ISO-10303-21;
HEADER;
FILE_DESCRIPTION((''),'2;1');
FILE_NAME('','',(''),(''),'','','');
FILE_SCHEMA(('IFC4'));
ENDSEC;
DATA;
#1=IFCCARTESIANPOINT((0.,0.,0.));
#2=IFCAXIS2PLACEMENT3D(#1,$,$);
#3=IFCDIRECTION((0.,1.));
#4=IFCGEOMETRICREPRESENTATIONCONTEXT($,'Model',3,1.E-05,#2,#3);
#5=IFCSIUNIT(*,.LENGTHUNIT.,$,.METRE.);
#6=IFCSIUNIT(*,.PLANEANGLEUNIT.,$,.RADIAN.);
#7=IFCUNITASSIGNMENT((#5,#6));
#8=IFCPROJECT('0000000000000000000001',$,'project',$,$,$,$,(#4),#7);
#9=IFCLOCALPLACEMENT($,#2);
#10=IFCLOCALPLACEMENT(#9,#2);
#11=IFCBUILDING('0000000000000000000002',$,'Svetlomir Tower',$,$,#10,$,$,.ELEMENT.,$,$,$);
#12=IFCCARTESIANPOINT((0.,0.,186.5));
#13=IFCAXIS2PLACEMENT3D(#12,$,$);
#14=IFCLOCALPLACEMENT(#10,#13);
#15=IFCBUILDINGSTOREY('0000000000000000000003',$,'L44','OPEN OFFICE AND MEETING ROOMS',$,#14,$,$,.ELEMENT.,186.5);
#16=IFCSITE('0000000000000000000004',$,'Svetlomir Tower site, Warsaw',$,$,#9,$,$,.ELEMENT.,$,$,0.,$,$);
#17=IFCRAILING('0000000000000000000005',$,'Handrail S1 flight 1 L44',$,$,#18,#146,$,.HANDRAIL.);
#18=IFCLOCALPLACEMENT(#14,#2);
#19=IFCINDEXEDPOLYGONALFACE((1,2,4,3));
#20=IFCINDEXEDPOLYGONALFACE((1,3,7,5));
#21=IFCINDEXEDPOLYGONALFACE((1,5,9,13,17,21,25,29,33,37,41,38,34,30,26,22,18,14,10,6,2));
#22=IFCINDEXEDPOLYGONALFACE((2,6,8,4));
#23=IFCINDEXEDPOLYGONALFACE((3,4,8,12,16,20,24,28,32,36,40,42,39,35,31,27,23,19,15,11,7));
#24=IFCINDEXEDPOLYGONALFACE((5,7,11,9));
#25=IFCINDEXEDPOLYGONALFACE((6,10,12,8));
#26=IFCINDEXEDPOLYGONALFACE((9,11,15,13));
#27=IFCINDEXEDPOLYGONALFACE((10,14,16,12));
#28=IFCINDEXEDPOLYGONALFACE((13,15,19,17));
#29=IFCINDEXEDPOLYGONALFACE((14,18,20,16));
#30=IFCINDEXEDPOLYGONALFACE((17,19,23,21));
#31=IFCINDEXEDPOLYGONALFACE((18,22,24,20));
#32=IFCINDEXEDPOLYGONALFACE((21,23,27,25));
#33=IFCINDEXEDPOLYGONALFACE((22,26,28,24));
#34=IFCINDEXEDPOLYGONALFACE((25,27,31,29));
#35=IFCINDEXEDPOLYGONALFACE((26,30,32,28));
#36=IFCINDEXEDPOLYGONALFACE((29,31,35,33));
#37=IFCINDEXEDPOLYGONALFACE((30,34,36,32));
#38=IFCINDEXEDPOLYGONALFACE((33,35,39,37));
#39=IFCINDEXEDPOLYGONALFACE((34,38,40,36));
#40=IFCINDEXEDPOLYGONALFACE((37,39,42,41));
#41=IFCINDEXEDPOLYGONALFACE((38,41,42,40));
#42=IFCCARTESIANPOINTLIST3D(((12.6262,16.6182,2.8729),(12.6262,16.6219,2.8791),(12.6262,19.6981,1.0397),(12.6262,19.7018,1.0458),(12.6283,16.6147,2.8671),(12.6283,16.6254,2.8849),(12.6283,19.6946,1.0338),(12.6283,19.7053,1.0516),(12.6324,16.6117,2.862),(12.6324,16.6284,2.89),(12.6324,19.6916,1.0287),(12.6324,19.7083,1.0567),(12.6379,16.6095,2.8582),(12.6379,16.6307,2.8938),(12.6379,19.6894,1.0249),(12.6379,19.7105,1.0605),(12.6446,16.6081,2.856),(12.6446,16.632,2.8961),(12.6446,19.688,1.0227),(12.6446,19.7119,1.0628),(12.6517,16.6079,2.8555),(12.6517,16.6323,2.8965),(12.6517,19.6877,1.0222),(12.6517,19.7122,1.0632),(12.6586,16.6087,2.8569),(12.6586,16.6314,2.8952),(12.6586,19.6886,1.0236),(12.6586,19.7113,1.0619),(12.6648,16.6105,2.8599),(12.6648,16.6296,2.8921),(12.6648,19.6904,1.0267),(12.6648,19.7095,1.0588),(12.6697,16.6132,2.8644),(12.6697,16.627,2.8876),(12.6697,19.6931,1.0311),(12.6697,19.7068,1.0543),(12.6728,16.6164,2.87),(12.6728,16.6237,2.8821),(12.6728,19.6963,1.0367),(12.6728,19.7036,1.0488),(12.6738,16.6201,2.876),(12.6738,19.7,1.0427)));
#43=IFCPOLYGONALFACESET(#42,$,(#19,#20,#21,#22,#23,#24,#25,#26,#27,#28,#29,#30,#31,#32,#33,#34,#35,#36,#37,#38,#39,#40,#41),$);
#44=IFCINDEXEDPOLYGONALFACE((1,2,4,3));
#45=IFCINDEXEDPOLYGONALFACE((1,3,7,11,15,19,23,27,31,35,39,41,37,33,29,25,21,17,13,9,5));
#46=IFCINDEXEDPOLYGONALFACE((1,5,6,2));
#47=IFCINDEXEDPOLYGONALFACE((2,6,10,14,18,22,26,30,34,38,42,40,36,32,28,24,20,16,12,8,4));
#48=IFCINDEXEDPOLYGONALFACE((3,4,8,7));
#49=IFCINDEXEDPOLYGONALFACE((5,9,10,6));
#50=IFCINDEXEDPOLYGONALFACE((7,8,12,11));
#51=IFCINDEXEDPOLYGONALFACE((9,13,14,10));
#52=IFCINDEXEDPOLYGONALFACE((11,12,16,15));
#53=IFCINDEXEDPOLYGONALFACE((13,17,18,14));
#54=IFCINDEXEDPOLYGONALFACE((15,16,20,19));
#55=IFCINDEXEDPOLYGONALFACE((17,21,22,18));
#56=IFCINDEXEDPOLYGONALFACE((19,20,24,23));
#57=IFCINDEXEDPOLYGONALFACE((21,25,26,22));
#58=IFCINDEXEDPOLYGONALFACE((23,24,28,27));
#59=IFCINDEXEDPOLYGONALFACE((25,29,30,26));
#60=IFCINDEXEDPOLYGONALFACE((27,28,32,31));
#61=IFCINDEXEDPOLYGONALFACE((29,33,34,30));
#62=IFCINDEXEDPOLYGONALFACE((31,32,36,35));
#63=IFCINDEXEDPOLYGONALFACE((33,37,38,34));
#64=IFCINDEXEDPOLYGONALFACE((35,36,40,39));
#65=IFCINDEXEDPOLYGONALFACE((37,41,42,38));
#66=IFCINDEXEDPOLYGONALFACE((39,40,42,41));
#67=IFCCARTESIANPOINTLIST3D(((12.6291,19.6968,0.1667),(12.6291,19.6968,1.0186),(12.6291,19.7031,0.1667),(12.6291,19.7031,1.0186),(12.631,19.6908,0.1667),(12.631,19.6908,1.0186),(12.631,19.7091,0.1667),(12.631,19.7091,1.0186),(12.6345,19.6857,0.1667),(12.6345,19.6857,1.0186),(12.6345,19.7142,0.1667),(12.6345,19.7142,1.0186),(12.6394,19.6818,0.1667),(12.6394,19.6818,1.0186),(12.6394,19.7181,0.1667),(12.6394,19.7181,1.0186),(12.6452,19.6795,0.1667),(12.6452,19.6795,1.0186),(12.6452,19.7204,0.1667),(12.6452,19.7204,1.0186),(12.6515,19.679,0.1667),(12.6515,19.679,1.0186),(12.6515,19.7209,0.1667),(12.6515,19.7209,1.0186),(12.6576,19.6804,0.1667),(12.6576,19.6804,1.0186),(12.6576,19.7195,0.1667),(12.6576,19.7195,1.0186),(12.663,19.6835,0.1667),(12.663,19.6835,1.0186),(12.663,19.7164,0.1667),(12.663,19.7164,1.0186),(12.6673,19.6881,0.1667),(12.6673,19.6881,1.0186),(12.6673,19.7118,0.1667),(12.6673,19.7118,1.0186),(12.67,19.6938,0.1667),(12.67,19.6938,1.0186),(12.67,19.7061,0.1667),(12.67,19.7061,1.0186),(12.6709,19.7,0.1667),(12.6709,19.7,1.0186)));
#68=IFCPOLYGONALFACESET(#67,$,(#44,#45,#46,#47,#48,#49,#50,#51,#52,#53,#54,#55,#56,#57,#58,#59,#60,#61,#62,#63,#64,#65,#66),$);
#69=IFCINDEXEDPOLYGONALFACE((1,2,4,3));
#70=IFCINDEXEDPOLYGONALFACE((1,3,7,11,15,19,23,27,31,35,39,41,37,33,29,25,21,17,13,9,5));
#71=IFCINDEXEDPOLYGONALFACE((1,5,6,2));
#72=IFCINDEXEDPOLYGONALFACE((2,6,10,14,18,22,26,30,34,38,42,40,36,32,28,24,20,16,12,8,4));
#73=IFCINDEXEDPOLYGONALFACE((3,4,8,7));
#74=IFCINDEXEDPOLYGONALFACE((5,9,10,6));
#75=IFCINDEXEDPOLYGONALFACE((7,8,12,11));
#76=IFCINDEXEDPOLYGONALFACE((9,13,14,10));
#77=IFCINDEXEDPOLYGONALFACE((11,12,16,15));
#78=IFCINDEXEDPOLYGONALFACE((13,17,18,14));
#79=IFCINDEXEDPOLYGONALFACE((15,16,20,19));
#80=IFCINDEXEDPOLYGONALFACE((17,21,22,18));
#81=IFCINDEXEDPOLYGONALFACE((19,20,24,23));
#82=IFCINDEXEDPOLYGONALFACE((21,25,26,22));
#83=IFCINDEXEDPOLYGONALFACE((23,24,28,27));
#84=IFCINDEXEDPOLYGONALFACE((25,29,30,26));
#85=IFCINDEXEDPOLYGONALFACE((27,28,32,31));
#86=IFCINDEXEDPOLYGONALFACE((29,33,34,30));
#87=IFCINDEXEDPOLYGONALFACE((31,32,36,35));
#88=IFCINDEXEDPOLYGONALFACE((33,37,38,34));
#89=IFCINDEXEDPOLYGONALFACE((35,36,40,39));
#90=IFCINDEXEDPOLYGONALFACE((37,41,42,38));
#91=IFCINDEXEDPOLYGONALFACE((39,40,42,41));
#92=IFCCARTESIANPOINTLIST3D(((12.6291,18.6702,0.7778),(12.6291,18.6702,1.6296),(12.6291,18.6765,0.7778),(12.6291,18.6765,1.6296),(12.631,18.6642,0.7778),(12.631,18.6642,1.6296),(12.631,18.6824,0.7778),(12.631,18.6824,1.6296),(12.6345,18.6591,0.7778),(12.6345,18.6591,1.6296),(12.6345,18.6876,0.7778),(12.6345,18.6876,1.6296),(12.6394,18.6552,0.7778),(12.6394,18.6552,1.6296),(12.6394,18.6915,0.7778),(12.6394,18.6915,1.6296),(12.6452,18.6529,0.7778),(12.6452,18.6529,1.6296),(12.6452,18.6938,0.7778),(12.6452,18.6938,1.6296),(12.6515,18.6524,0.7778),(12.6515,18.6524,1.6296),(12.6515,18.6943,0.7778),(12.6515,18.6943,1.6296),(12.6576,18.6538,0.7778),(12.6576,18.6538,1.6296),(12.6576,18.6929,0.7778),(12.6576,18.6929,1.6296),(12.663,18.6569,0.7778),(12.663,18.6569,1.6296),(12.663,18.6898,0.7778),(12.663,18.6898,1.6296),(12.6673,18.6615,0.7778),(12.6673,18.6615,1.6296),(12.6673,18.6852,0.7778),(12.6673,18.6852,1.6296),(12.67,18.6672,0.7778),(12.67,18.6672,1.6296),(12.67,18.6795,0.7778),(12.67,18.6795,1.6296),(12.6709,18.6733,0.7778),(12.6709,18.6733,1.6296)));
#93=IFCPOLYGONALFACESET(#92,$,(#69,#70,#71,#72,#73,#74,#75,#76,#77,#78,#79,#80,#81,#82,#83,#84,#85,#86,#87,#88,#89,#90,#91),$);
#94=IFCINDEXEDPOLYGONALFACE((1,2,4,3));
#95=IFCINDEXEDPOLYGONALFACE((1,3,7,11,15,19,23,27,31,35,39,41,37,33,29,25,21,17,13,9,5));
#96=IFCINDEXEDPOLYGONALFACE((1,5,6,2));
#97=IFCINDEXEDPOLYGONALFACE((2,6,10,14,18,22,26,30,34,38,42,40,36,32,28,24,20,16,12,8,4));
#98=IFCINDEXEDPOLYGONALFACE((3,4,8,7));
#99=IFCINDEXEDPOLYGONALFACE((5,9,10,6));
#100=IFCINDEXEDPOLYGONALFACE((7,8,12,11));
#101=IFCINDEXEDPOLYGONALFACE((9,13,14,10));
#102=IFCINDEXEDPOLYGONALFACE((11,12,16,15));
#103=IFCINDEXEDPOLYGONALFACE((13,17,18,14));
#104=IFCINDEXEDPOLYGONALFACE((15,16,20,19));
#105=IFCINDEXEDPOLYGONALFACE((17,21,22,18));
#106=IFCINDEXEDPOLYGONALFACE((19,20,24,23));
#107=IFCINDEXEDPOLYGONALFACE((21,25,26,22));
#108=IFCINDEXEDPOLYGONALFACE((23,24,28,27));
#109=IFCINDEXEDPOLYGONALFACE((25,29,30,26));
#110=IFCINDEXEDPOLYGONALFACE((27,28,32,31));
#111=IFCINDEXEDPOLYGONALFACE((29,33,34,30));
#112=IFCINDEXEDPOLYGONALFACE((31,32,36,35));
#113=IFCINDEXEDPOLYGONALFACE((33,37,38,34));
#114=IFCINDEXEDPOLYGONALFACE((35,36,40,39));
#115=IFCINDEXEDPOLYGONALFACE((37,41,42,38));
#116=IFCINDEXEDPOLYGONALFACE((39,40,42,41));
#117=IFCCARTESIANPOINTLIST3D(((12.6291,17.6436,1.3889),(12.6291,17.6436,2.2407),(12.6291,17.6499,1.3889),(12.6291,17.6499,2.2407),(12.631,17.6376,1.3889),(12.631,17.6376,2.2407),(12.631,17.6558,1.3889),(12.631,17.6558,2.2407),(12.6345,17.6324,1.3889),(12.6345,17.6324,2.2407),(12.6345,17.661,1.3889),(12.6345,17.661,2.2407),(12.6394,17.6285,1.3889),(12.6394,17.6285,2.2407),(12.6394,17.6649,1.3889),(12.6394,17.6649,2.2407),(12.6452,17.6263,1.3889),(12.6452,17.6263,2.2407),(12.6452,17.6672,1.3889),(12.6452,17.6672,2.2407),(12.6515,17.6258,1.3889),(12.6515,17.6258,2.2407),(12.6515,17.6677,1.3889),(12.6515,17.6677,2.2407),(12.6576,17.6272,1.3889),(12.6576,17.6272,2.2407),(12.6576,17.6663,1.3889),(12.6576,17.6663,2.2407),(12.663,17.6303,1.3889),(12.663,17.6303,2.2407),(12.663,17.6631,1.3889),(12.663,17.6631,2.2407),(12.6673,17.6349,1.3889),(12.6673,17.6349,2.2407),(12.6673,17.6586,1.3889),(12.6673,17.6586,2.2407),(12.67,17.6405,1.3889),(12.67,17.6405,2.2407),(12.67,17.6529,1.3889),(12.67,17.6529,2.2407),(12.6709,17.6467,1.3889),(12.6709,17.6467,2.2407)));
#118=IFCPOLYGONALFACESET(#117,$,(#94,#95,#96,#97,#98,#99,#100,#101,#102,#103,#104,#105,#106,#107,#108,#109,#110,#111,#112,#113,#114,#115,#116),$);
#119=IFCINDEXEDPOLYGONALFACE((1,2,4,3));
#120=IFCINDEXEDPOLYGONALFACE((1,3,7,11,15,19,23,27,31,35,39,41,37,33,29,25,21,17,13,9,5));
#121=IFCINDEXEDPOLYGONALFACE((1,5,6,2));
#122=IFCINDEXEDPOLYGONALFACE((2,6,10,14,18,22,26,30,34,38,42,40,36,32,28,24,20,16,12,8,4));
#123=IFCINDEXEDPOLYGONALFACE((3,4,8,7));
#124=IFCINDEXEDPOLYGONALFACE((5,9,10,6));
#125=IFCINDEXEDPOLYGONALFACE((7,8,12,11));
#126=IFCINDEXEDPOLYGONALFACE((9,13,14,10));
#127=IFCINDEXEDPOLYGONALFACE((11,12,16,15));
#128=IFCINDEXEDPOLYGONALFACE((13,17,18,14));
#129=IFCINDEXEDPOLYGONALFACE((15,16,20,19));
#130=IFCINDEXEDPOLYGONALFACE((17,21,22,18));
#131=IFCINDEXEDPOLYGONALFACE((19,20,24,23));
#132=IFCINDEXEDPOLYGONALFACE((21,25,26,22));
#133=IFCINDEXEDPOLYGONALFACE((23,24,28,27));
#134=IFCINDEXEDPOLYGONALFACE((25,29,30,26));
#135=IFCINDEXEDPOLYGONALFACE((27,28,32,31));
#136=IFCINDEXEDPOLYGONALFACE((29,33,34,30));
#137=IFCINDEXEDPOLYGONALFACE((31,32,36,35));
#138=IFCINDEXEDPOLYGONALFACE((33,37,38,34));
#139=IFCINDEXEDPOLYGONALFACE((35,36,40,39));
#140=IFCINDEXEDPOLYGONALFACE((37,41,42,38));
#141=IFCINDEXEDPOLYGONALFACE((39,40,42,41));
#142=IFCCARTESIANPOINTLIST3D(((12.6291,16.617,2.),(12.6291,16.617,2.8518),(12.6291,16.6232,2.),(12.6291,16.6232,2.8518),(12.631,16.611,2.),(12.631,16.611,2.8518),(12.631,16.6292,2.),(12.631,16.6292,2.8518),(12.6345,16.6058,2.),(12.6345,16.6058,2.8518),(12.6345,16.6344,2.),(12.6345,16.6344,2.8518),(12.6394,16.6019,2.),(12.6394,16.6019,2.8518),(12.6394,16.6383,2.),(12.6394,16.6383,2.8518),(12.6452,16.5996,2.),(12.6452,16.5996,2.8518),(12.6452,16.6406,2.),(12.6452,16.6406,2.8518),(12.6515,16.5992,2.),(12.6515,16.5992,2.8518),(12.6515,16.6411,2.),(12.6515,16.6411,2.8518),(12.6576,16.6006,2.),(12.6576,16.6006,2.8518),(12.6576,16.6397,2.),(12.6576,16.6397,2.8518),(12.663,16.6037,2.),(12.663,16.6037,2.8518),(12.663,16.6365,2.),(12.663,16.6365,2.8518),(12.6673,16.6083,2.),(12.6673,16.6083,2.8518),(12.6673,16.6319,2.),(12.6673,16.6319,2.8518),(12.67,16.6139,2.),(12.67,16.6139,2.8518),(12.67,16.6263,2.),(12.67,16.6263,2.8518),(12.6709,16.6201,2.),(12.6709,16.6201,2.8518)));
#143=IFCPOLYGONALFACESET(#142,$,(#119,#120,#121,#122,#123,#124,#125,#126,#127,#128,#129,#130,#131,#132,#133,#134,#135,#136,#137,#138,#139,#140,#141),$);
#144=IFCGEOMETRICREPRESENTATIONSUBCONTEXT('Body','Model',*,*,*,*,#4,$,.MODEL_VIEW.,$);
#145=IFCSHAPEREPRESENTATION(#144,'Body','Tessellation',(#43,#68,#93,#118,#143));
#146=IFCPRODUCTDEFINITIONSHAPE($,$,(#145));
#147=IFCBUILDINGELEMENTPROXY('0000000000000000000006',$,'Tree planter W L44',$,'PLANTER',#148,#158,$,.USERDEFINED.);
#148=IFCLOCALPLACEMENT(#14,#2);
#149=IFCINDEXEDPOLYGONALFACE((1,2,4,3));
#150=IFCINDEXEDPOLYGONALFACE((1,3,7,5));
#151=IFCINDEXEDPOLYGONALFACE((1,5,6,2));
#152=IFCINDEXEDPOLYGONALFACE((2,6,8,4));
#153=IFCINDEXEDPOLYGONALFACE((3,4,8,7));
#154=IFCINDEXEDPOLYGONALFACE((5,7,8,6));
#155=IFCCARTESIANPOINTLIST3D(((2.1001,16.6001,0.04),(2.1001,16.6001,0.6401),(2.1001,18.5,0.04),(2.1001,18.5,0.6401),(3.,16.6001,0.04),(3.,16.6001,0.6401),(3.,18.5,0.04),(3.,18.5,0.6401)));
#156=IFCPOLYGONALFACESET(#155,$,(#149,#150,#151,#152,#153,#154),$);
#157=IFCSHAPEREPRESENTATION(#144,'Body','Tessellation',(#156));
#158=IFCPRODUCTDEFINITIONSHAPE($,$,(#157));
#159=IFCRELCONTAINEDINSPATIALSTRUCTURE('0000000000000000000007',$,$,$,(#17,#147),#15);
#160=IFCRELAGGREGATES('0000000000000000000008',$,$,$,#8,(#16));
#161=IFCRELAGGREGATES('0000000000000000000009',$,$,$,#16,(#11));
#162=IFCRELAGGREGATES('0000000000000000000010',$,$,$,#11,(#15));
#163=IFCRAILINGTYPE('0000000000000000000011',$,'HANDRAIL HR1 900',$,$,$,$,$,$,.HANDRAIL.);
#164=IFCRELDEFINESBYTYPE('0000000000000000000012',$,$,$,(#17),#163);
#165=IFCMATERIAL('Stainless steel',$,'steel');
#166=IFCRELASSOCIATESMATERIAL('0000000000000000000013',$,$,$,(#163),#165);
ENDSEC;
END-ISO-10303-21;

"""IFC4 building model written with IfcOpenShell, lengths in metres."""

from ifc_helpers import new_model, si_unit, direction, frame, origin, origin_2d, place, context, subcontext, project, spatial, rectangle, circle, extrude, material, type_object, element, save


model = new_model("IFC4")

# Units and contexts
model_context = context("Model", 3, precision=1e-05, world=origin(), true_north=direction((0.0, 1.0)))
body_context = subcontext(model_context, "Body", "Model", "MODEL_VIEW")
ifc_project = project(units=[si_unit("LENGTHUNIT", "METRE"), si_unit("PLANEANGLEUNIT", "RADIAN")], contexts=[model_context])

# Site, building, storey
site_placement = place(None, origin())
site = spatial("IfcSite", under=ifc_project, at=site_placement, Name="Svetlomir Tower site, Warsaw", CompositionType="ELEMENT", RefElevation=0.0)
building_placement = place(site_placement, origin())
building = spatial("IfcBuilding", under=site, at=building_placement, Name="Svetlomir Tower", CompositionType="ELEMENT")
storey_placement = place(building_placement, frame((0.0, 0.0, 186.5)))
storey = spatial("IfcBuildingStorey", under=building, at=storey_placement, Name="L44", Description="OPEN OFFICE AND MEETING ROOMS", CompositionType="ELEMENT", Elevation=186.5)

# Railing
ifc_material_1 = material(Name="Stainless steel", Category="steel")
railing_type_1 = type_object("IfcRailingType", Name="HANDRAIL HR1 900", PredefinedType="HANDRAIL", material=ifc_material_1)
railing_placement = place(storey_placement, frame((12.6499, 19.7, 0.1667)))
element("IfcRailing", 1, at=railing_placement, inside=storey, type_object=railing_type_1, Name="Handrail S1 flight 1 L44", PredefinedType="HANDRAIL", context=body_context, shape_type="SweptSolid", body=[
    extrude(circle(Radius=0.0239, at=origin_2d()), frame((0.0, 0.0, 0.876), z_axis=(0.0, -0.859291, 0.511487), x_axis=(1.0, 0.0, 0.0)), (0.0, 0.0, 1.0), 3.5842),
    extrude(circle(Radius=0.021, at=origin_2d()), origin(), (0.0, 0.0, 1.0), 0.8518),
    extrude(circle(Radius=0.021, at=origin_2d()), frame((0.0, -1.0266, 0.6111)), (0.0, 0.0, 1.0), 0.8518),
    extrude(circle(Radius=0.021, at=origin_2d()), frame((0.0, -2.0532, 1.2222)), (0.0, 0.0, 1.0), 0.8518),
    extrude(circle(Radius=0.021, at=origin_2d()), frame((0.0, -3.0798, 1.8333)), (0.0, 0.0, 1.0), 0.8518),
])

# Building element proxy
proxy_placement = place(storey_placement, frame((2.55, 17.55, 0.04), z_axis=(0.0, 0.0, 1.0), x_axis=(1.0, 0.0, 0.0)))
element("IfcBuildingElementProxy", 2, at=proxy_placement, inside=storey, Name="Tree planter W L44", ObjectType="PLANTER", PredefinedType="USERDEFINED", context=body_context, shape_type="SweptSolid", body=[
    extrude(rectangle(XDim=0.8999, YDim=1.8999, at=origin_2d()), origin(), (0.0, 0.0, 1.0), 0.6001),
])

save(model, "model.ifc")
